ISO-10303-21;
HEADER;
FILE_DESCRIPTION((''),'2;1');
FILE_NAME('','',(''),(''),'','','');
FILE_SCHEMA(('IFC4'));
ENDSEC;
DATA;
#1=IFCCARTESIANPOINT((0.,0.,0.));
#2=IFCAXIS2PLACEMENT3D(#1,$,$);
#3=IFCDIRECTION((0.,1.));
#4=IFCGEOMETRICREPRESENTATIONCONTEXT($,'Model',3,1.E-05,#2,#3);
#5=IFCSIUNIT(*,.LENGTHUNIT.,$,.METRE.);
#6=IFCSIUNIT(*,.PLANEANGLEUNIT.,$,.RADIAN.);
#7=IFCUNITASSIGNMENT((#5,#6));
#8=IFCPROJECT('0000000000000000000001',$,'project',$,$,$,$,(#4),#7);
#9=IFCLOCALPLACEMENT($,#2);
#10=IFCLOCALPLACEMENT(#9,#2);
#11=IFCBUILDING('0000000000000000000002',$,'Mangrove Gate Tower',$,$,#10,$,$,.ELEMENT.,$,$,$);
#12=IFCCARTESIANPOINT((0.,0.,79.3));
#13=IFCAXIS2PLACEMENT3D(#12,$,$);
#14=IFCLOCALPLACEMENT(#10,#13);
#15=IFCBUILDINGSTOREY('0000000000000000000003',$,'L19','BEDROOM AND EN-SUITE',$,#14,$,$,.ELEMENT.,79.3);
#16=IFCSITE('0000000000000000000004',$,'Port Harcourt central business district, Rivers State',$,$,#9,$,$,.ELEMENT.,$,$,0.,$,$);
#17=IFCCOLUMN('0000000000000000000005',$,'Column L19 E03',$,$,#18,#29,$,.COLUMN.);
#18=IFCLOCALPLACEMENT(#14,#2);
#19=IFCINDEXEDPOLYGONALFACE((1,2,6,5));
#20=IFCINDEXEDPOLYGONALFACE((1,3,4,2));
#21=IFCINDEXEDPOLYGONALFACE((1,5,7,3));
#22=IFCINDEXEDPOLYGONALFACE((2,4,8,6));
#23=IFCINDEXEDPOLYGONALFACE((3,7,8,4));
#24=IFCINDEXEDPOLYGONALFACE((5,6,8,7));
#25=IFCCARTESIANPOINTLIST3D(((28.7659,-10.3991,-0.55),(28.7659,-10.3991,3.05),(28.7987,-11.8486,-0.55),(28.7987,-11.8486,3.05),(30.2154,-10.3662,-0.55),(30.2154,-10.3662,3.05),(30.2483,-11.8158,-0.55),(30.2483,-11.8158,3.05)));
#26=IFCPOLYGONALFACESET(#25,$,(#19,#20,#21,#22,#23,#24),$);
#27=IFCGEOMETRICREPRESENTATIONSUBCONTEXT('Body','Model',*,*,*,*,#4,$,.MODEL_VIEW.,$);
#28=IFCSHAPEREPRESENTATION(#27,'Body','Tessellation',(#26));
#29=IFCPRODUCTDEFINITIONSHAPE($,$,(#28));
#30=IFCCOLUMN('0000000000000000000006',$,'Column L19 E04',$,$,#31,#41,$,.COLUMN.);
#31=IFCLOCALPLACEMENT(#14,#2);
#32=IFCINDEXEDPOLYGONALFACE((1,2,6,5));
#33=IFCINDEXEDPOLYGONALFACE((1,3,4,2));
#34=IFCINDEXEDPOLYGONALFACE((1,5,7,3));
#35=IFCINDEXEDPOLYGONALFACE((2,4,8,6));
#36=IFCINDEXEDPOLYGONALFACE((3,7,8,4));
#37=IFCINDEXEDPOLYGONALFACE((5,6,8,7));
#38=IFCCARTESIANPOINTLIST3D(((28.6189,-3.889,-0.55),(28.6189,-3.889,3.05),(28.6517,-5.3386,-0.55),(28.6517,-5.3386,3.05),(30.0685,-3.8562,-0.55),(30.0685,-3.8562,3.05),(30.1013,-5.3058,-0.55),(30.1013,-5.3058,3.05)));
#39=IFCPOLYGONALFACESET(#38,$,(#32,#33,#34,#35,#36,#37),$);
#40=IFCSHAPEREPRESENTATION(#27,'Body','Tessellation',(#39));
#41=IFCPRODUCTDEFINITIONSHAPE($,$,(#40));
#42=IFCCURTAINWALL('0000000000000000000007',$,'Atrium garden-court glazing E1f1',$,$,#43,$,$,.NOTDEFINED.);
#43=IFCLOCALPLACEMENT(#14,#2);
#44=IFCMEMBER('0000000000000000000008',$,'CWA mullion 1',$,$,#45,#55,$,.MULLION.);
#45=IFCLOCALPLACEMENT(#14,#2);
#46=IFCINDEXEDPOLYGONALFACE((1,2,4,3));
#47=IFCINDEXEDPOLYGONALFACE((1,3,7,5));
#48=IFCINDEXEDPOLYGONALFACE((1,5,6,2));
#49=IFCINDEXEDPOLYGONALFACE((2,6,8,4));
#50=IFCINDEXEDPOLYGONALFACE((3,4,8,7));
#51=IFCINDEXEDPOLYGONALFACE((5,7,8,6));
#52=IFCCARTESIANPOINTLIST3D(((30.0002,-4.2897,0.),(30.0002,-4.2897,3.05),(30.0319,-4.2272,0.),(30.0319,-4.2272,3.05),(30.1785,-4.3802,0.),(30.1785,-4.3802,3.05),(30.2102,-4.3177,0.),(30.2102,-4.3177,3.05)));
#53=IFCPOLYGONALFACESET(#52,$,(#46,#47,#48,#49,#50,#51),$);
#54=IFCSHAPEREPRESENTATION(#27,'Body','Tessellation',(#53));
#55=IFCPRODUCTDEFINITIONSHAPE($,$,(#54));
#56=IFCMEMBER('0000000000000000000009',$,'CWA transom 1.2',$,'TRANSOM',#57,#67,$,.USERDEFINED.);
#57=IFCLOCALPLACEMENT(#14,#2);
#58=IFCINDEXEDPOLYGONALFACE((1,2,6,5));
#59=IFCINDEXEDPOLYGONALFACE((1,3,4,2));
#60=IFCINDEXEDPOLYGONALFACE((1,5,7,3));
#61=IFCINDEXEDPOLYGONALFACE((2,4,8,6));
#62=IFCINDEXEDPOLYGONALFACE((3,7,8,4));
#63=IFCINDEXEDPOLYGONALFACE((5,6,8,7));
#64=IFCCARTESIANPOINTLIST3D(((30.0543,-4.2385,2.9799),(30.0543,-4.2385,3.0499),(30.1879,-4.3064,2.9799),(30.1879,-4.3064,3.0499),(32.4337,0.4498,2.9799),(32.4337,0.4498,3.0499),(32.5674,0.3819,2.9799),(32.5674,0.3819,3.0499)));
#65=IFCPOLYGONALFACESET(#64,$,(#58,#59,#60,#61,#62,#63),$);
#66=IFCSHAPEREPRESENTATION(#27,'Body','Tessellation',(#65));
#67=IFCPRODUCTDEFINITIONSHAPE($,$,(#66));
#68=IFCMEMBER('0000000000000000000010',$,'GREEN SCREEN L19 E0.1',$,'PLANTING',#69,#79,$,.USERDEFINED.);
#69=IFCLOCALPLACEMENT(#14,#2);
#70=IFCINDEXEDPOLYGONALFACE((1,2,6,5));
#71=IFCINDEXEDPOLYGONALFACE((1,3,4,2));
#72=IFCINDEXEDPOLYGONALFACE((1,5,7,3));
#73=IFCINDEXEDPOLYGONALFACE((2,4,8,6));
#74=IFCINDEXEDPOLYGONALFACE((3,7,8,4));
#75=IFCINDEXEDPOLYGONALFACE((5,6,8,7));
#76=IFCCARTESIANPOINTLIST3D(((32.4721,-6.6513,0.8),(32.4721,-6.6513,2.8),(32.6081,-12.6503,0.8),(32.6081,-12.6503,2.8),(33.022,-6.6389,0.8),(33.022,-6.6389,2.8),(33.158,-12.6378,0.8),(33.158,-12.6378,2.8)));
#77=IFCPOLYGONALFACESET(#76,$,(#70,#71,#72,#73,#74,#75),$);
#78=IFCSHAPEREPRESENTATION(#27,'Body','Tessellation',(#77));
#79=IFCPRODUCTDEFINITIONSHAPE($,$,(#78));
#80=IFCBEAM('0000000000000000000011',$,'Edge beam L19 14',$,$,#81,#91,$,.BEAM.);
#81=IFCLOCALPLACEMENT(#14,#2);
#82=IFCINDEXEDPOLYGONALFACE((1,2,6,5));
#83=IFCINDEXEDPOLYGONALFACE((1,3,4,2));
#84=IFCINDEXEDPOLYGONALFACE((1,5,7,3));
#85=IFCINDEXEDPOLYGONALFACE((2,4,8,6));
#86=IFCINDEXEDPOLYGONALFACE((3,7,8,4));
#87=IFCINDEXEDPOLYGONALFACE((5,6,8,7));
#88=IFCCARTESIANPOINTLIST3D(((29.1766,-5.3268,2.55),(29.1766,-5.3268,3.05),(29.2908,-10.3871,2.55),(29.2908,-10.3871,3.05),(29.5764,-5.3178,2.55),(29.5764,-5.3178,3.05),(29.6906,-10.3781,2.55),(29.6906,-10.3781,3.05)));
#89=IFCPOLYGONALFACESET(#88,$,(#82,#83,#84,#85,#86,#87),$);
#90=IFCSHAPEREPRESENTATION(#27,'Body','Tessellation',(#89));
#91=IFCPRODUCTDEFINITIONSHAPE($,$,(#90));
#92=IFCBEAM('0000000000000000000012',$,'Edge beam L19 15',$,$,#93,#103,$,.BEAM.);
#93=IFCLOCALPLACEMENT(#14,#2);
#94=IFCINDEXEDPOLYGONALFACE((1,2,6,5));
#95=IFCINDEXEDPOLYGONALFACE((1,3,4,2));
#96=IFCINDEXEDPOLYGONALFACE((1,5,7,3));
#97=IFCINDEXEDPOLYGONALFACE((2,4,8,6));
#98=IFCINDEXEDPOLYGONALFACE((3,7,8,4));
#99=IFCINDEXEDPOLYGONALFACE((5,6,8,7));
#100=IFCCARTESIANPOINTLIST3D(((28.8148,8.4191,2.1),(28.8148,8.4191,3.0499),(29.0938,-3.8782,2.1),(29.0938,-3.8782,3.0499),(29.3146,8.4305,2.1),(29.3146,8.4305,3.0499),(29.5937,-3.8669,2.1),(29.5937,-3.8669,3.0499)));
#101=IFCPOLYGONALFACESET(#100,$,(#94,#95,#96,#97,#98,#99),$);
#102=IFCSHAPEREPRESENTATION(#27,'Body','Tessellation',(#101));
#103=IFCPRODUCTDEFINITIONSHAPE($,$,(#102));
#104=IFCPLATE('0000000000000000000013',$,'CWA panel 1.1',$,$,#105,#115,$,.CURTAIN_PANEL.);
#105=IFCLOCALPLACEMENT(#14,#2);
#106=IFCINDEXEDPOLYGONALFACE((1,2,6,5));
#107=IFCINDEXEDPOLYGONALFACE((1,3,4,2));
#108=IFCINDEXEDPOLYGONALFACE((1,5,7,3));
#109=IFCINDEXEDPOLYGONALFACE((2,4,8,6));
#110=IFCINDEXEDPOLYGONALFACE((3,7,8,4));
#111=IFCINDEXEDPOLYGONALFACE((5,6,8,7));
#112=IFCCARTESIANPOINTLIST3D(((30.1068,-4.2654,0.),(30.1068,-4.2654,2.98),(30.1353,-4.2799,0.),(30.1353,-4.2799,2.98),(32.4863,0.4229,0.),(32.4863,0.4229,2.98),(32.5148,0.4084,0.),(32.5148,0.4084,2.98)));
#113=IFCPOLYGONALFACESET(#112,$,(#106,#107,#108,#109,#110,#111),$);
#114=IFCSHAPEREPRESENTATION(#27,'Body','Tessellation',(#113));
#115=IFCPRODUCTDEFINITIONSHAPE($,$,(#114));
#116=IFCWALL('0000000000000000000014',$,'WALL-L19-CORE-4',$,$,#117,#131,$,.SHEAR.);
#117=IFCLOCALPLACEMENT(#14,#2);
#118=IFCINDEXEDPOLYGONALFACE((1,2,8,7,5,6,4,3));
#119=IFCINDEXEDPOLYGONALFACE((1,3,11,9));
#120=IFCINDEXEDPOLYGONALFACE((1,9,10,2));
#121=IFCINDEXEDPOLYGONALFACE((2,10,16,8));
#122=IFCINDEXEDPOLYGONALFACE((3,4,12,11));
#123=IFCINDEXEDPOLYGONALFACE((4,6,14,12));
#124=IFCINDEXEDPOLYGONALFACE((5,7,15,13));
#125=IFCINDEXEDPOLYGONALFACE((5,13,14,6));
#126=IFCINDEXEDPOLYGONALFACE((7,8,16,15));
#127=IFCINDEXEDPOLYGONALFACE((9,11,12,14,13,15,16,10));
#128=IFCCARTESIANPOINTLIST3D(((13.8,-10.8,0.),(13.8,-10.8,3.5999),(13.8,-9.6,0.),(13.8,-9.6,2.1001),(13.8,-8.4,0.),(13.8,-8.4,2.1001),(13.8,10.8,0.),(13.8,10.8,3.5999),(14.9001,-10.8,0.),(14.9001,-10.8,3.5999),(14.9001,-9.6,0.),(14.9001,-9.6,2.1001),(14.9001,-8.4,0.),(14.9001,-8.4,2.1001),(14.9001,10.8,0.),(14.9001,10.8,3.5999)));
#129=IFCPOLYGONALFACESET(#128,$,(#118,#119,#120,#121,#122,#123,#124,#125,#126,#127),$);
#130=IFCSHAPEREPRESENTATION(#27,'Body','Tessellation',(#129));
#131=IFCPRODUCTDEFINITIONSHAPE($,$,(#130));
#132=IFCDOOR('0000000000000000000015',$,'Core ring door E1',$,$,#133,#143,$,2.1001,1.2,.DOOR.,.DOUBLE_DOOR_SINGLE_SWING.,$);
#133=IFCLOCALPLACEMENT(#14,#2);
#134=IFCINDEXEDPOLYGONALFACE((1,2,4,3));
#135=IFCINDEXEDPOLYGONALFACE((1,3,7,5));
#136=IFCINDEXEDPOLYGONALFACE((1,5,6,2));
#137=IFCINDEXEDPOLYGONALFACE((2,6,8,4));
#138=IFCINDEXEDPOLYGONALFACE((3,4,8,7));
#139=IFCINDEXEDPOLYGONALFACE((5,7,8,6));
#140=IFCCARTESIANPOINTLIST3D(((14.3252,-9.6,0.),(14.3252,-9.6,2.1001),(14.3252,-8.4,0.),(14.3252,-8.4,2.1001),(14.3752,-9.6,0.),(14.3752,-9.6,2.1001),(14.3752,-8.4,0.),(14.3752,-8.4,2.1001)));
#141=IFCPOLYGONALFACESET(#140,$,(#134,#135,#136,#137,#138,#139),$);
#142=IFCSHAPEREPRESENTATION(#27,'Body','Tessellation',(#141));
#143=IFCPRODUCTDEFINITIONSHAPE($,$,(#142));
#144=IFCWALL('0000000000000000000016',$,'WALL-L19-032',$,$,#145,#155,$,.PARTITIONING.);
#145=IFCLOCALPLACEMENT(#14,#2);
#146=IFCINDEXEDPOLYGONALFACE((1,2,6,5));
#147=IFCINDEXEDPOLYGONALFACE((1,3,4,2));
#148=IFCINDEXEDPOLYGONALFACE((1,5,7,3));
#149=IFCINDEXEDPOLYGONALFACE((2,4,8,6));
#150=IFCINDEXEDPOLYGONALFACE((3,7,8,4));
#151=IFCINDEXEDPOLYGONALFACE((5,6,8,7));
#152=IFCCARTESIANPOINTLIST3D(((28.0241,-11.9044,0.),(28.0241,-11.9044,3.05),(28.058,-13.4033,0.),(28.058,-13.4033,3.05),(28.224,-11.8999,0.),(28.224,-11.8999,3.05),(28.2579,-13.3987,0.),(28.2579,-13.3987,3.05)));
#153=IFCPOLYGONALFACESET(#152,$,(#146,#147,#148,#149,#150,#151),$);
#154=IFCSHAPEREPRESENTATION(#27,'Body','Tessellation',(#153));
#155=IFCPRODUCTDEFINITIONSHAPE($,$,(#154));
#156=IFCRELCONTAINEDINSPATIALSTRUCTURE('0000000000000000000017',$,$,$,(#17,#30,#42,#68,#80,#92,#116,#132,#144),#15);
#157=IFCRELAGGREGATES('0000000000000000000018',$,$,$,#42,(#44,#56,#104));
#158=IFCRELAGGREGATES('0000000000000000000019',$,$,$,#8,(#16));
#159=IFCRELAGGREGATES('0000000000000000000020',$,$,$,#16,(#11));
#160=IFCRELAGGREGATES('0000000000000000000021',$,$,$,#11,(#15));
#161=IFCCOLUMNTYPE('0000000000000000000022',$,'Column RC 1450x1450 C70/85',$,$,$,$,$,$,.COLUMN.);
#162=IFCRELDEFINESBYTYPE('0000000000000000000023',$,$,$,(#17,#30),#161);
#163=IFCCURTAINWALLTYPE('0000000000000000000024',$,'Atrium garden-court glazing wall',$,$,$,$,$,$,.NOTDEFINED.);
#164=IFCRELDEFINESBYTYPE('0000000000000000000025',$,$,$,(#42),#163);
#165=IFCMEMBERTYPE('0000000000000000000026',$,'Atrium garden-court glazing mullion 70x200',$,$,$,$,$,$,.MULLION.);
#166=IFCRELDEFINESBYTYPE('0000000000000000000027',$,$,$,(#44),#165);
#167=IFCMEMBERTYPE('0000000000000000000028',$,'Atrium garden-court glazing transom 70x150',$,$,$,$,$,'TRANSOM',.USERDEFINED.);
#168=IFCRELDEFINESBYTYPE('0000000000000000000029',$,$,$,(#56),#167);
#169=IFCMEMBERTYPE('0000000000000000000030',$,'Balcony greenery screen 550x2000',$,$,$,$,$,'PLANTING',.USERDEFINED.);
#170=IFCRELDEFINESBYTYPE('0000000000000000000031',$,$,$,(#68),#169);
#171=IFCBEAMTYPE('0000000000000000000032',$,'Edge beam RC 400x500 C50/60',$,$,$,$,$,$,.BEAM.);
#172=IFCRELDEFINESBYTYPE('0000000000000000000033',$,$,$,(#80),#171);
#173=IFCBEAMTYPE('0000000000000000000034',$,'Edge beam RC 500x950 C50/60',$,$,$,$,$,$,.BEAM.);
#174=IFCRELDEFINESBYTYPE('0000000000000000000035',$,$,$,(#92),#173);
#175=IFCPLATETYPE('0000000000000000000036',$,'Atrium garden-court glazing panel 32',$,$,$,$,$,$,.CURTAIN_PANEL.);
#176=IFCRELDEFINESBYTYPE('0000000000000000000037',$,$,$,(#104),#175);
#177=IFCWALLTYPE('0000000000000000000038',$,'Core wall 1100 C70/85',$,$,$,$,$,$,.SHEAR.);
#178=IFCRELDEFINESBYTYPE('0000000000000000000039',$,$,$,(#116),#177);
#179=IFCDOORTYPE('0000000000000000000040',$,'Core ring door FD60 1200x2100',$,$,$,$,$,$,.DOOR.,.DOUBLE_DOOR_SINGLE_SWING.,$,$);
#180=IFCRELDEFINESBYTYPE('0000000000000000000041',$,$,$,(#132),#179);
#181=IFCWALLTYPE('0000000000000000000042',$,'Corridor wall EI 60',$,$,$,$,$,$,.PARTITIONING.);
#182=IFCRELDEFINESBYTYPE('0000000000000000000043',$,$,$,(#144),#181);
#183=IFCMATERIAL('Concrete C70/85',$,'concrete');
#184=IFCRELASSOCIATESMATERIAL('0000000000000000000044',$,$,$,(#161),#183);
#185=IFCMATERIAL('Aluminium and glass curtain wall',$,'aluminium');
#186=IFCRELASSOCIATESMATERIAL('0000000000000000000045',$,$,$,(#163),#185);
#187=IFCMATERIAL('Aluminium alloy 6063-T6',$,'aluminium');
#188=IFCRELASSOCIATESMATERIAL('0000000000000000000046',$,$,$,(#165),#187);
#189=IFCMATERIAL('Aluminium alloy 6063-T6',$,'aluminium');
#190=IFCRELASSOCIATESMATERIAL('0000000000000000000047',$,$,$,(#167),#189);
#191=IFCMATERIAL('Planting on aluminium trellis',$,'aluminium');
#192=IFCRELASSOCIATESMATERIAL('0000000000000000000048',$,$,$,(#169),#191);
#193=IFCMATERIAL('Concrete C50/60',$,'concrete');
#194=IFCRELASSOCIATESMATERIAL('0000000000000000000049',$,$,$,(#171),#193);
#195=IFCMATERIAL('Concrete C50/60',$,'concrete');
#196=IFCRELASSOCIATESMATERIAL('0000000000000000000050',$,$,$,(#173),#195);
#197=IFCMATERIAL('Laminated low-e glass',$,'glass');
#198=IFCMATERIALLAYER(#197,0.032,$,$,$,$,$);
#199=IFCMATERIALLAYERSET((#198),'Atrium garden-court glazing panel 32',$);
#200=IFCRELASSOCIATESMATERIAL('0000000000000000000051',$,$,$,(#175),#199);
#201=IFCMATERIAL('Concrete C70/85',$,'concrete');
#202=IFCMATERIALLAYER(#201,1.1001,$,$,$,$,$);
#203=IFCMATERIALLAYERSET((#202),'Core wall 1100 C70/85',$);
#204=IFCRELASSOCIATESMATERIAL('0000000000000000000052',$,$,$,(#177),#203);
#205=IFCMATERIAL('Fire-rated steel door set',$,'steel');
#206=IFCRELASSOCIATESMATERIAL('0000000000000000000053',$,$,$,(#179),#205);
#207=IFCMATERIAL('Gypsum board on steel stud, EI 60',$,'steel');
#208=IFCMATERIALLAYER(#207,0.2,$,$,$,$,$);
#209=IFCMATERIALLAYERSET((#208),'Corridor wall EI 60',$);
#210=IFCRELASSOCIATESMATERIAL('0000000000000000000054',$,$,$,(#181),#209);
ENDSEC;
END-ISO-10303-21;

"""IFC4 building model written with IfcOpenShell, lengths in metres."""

from ifc_helpers import new_model, si_unit, direction, frame, frame_2d, origin, origin_2d, place, context, subcontext, project, spatial, rectangle, extrude, material, layer, layer_set, material_profile, profile_set, type_object, element, fill, aggregate, save


model = new_model("IFC4")

# Units and contexts
model_context = context("Model", 3, precision=1e-05, world=origin(), true_north=direction((0.0, 1.0)))
body_context = subcontext(model_context, "Body", "Model", "MODEL_VIEW")
ifc_project = project(units=[si_unit("LENGTHUNIT", "METRE"), si_unit("PLANEANGLEUNIT", "RADIAN")], contexts=[model_context])

# Site, building, storey
site_placement = place(None, origin())
site = spatial("IfcSite", under=ifc_project, at=site_placement, Name="Port Harcourt central business district, Rivers State", CompositionType="ELEMENT", RefElevation=0.0)
building_placement = place(site_placement, origin())
building = spatial("IfcBuilding", under=site, at=building_placement, Name="Mangrove Gate Tower", CompositionType="ELEMENT")
storey_placement = place(building_placement, frame((0.0, 0.0, 79.3)))
storey = spatial("IfcBuildingStorey", under=building, at=storey_placement, Name="L19", Description="BEDROOM AND EN-SUITE", CompositionType="ELEMENT", Elevation=79.3)

# Columns
ifc_material_1 = material(Name="Concrete C70/85", Category="concrete")
ifc_material_profile_1 = material_profile(ifc_material_1, rectangle(XDim=1.45, YDim=1.45, at=origin_2d()))
ifc_profile_set_1 = profile_set([ifc_material_profile_1], Name="Concrete C70/85")
column_type = type_object("IfcColumnType", Name="Column RC 1450x1450 C70/85", PredefinedType="COLUMN", material=ifc_profile_set_1)
for number, where, z_axis, x_axis, name in (
    (1, (29.5071, -11.1074, -0.55), (0.0, 0.0, 1.0), (-0.02265, 0.999743, 0.0), "Column L19 E03"),
    (2, (29.3601, -4.5974, -0.55), (0.0, 0.0, 1.0), (-0.022653, 0.999743, 0.0), "Column L19 E04"),
):
    element("IfcColumn", number, at=place(storey_placement, frame(where, z_axis=z_axis, x_axis=x_axis)), inside=storey, type_object=column_type, Name=name, PredefinedType="COLUMN", context=body_context, shape_type="SweptSolid", body=[
        extrude(rectangle(XDim=1.45, YDim=1.45, at=origin_2d()), origin(), (0.0, 0.0, 1.0), 3.6001),
    ])

# Curtain wall, members
ifc_material_2 = material(Name="Aluminium and glass curtain wall", Category="aluminium")
curtain_wall_type = type_object("IfcCurtainWallType", Name="Atrium garden-court glazing wall", PredefinedType="NOTDEFINED", material=ifc_material_2)
curtain_wall_placement = place(storey_placement, origin())
curtain_wall = element("IfcCurtainWall", 3, at=curtain_wall_placement, inside=storey, type_object=curtain_wall_type, Name="Atrium garden-court glazing E1f1", PredefinedType="NOTDEFINED")
ifc_material_3 = material(Name="Aluminium alloy 6063-T6", Category="aluminium")
ifc_material_profile_2 = material_profile(ifc_material_3, rectangle(XDim=0.0701, YDim=0.2, at=origin_2d()))
ifc_profile_set_2 = profile_set([ifc_material_profile_2], Name="Aluminium alloy 6063-T6")
member_type_1 = type_object("IfcMemberType", Name="Atrium garden-court glazing mullion 70x200", PredefinedType="MULLION", material=ifc_profile_set_2)
member_1_placement = place(storey_placement, frame((30.1052, -4.3037, 0.0), z_axis=(0.0, 0.0, 1.0), x_axis=(0.452581, 0.891723, 0.0)))
member_1 = element("IfcMember", 4, at=member_1_placement, type_object=member_type_1, Name="CWA mullion 1", PredefinedType="MULLION", context=body_context, shape_type="SweptSolid", body=[
    extrude(rectangle(XDim=0.0701, YDim=0.2, at=origin_2d()), origin(), (0.0, 0.0, 1.0), 3.05),
])
ifc_material_4 = material(Name="Aluminium alloy 6063-T6", Category="aluminium")
ifc_material_profile_3 = material_profile(ifc_material_4, rectangle(XDim=0.0701, YDim=0.1499, at=origin_2d()))
ifc_profile_set_3 = profile_set([ifc_material_profile_3], Name="Aluminium alloy 6063-T6")
member_type_2 = type_object("IfcMemberType", Name="Atrium garden-court glazing transom 70x150", ElementType="TRANSOM", PredefinedType="USERDEFINED", material=ifc_profile_set_3)
member_2_placement = place(storey_placement, frame((30.1211, -4.2725, 3.0149), z_axis=(0.452574, 0.891727, 0.0), x_axis=(0.0, 0.0, 1.0)))
member_2 = element("IfcMember", 5, at=member_2_placement, type_object=member_type_2, Name="CWA transom 1.2", ObjectType="TRANSOM", PredefinedType="USERDEFINED", context=body_context, shape_type="SweptSolid", body=[
    extrude(rectangle(XDim=0.0701, YDim=0.1499, at=origin_2d()), origin(), (0.0, 0.0, 1.0), 5.2576),
])

# Member
ifc_material_5 = material(Name="Planting on aluminium trellis", Category="aluminium")
ifc_material_profile_4 = material_profile(ifc_material_5, rectangle(XDim=0.55, YDim=2.0, at=origin_2d()))
ifc_profile_set_4 = profile_set([ifc_material_profile_4], Name="Planting on aluminium trellis")
member_type_3 = type_object("IfcMemberType", Name="Balcony greenery screen 550x2000", ElementType="PLANTING", PredefinedType="USERDEFINED", material=ifc_profile_set_4)
member_3_placement = place(storey_placement, frame((32.8831, -12.644, 1.8), z_axis=(-0.022662, 0.999743, 0.0), x_axis=(-0.999743, -0.022662, 0.0)))
element("IfcMember", 6, at=member_3_placement, inside=storey, type_object=member_type_3, Name="GREEN SCREEN L19 E0.1", ObjectType="PLANTING", PredefinedType="USERDEFINED", context=body_context, shape_type="SweptSolid", body=[
    extrude(rectangle(XDim=0.55, YDim=2.0, at=origin_2d()), origin(), (0.0, 0.0, 1.0), 6.0005),
])

# Beams
ifc_material_6 = material(Name="Concrete C50/60", Category="concrete")
ifc_material_profile_5 = material_profile(ifc_material_6, rectangle(XDim=0.3999, YDim=0.5, at=origin_2d()))
ifc_profile_set_5 = profile_set([ifc_material_profile_5], Name="Concrete C50/60")
beam_type_1 = type_object("IfcBeamType", Name="Edge beam RC 400x500 C50/60", PredefinedType="BEAM", material=ifc_profile_set_5)
beam_1_placement = place(storey_placement, frame((29.4907, -10.3826, 2.8), z_axis=(-0.022573, 0.999745, 0.0), x_axis=(-0.999745, -0.022573, 0.0)))
element("IfcBeam", 7, at=beam_1_placement, inside=storey, type_object=beam_type_1, Name="Edge beam L19 14", PredefinedType="BEAM", context=body_context, shape_type="SweptSolid", body=[
    extrude(rectangle(XDim=0.3999, YDim=0.5, at=origin_2d()), origin(), (0.0, 0.0, 1.0), 5.0615),
])
ifc_material_7 = material(Name="Concrete C50/60", Category="concrete")
ifc_material_profile_6 = material_profile(ifc_material_7, rectangle(XDim=0.5, YDim=0.95, at=origin_2d()))
ifc_profile_set_6 = profile_set([ifc_material_profile_6], Name="Concrete C50/60")
beam_type_2 = type_object("IfcBeamType", Name="Edge beam RC 500x950 C50/60", PredefinedType="BEAM", material=ifc_profile_set_6)
beam_2_placement = place(storey_placement, frame((29.3438, -3.8726, 2.575), z_axis=(-0.022686, 0.999743, 0.0), x_axis=(-0.999743, -0.022686, 0.0)))
element("IfcBeam", 8, at=beam_2_placement, inside=storey, type_object=beam_type_2, Name="Edge beam L19 15", PredefinedType="BEAM", context=body_context, shape_type="SweptSolid", body=[
    extrude(rectangle(XDim=0.5, YDim=0.95, at=origin_2d()), origin(), (0.0, 0.0, 1.0), 12.3005),
])

# Plate
ifc_material_8 = material(Name="Laminated low-e glass", Category="glass")
ifc_layer_1 = layer(ifc_material_8, 0.032)
ifc_layer_set_1 = layer_set([ifc_layer_1], Name="Atrium garden-court glazing panel 32")
plate_type = type_object("IfcPlateType", Name="Atrium garden-court glazing panel 32", PredefinedType="CURTAIN_PANEL", material=ifc_layer_set_1)
plate_placement = place(storey_placement, frame((31.3108, -1.9285, 0.0), z_axis=(0.0, 0.0, 1.0), x_axis=(0.452581, 0.891723, 0.0)))
plate = element("IfcPlate", 9, at=plate_placement, type_object=plate_type, Name="CWA panel 1.1", PredefinedType="CURTAIN_PANEL", context=body_context, shape_type="SweptSolid", body=[
    extrude(rectangle(XDim=5.2576, YDim=0.032, at=origin_2d()), origin(), (0.0, 0.0, 1.0), 2.98),
])
aggregate(curtain_wall, [member_1, member_2, plate])

# Wall, opening, door
ifc_material_9 = material(Name="Concrete C70/85", Category="concrete")
ifc_layer_2 = layer(ifc_material_9, 1.1001)
ifc_layer_set_2 = layer_set([ifc_layer_2], Name="Core wall 1100 C70/85")
wall_type_1 = type_object("IfcWallType", Name="Core wall 1100 C70/85", PredefinedType="SHEAR", material=ifc_layer_set_2)
wall_1_placement = place(storey_placement, frame((14.3501, -10.8, 0.0), z_axis=(0.0, 0.0, 1.0), x_axis=(0.0, 1.0, 0.0)))
wall_1 = element("IfcWall", 10, at=wall_1_placement, inside=storey, type_object=wall_type_1, Name="WALL-L19-CORE-4", PredefinedType="SHEAR", context=body_context, shape_type="SweptSolid", body=[
    extrude(rectangle(XDim=21.6001, YDim=1.1001, at=frame_2d((10.8, 0.0))), origin(), (0.0, 0.0, 1.0), 3.5999),
])
opening_1_placement = place(wall_1_placement, frame((1.2, 0.0, 0.0)))
opening_1 = element("IfcOpeningElement", 11, at=opening_1_placement, cuts=wall_1, PredefinedType="OPENING", context=body_context, shape_type="SweptSolid", body=[
    extrude(rectangle(XDim=1.2, YDim=2.1001, at=frame_2d((0.6001, 1.05))), frame((0.0, 0.5601, 0.0), z_axis=(0.0, -1.0, 0.0), x_axis=(1.0, 0.0, 0.0)), (0.0, 0.0, 1.0), 1.1201),
])
ifc_material_10 = material(Name="Fire-rated steel door set", Category="steel")
door_type_1 = type_object("IfcDoorType", Name="Core ring door FD60 1200x2100", OperationType="DOUBLE_DOOR_SINGLE_SWING", PredefinedType="DOOR", material=ifc_material_10)
door_1_placement = place(opening_1_placement, origin())
door_1 = element("IfcDoor", 12, at=door_1_placement, inside=storey, type_object=door_type_1, Name="Core ring door E1", OperationType="DOUBLE_DOOR_SINGLE_SWING", OverallHeight=2.1001, OverallWidth=1.2, PredefinedType="DOOR", context=body_context, shape_type="SweptSolid", body=[
    extrude(rectangle(XDim=1.2, YDim=2.1001, at=frame_2d((0.6001, 1.05))), frame((0.0, 0.0249, 0.0), z_axis=(0.0, -1.0, 0.0), x_axis=(1.0, 0.0, 0.0)), (0.0, 0.0, 1.0), 0.05),
])
fill(opening_1, door_1)

# Wall
ifc_material_11 = material(Name="Gypsum board on steel stud, EI 60", Category="steel")
ifc_layer_3 = layer(ifc_material_11, 0.2)
ifc_layer_set_3 = layer_set([ifc_layer_3], Name="Corridor wall EI 60")
wall_type_2 = type_object("IfcWallType", Name="Corridor wall EI 60", PredefinedType="PARTITIONING", material=ifc_layer_set_3)
wall_2_placement = place(storey_placement, frame((28.158, -13.4009, 0.0), z_axis=(0.0, 0.0, 1.0), x_axis=(-0.022636, 0.999744, 0.0)))
element("IfcWall", 13, at=wall_2_placement, inside=storey, type_object=wall_type_2, Name="WALL-L19-032", PredefinedType="PARTITIONING", context=body_context, shape_type="SweptSolid", body=[
    extrude(rectangle(XDim=1.4993, YDim=0.2, at=frame_2d((0.7495, 0.0))), origin(), (0.0, 0.0, 1.0), 3.05),
])

save(model, "model.ifc")
